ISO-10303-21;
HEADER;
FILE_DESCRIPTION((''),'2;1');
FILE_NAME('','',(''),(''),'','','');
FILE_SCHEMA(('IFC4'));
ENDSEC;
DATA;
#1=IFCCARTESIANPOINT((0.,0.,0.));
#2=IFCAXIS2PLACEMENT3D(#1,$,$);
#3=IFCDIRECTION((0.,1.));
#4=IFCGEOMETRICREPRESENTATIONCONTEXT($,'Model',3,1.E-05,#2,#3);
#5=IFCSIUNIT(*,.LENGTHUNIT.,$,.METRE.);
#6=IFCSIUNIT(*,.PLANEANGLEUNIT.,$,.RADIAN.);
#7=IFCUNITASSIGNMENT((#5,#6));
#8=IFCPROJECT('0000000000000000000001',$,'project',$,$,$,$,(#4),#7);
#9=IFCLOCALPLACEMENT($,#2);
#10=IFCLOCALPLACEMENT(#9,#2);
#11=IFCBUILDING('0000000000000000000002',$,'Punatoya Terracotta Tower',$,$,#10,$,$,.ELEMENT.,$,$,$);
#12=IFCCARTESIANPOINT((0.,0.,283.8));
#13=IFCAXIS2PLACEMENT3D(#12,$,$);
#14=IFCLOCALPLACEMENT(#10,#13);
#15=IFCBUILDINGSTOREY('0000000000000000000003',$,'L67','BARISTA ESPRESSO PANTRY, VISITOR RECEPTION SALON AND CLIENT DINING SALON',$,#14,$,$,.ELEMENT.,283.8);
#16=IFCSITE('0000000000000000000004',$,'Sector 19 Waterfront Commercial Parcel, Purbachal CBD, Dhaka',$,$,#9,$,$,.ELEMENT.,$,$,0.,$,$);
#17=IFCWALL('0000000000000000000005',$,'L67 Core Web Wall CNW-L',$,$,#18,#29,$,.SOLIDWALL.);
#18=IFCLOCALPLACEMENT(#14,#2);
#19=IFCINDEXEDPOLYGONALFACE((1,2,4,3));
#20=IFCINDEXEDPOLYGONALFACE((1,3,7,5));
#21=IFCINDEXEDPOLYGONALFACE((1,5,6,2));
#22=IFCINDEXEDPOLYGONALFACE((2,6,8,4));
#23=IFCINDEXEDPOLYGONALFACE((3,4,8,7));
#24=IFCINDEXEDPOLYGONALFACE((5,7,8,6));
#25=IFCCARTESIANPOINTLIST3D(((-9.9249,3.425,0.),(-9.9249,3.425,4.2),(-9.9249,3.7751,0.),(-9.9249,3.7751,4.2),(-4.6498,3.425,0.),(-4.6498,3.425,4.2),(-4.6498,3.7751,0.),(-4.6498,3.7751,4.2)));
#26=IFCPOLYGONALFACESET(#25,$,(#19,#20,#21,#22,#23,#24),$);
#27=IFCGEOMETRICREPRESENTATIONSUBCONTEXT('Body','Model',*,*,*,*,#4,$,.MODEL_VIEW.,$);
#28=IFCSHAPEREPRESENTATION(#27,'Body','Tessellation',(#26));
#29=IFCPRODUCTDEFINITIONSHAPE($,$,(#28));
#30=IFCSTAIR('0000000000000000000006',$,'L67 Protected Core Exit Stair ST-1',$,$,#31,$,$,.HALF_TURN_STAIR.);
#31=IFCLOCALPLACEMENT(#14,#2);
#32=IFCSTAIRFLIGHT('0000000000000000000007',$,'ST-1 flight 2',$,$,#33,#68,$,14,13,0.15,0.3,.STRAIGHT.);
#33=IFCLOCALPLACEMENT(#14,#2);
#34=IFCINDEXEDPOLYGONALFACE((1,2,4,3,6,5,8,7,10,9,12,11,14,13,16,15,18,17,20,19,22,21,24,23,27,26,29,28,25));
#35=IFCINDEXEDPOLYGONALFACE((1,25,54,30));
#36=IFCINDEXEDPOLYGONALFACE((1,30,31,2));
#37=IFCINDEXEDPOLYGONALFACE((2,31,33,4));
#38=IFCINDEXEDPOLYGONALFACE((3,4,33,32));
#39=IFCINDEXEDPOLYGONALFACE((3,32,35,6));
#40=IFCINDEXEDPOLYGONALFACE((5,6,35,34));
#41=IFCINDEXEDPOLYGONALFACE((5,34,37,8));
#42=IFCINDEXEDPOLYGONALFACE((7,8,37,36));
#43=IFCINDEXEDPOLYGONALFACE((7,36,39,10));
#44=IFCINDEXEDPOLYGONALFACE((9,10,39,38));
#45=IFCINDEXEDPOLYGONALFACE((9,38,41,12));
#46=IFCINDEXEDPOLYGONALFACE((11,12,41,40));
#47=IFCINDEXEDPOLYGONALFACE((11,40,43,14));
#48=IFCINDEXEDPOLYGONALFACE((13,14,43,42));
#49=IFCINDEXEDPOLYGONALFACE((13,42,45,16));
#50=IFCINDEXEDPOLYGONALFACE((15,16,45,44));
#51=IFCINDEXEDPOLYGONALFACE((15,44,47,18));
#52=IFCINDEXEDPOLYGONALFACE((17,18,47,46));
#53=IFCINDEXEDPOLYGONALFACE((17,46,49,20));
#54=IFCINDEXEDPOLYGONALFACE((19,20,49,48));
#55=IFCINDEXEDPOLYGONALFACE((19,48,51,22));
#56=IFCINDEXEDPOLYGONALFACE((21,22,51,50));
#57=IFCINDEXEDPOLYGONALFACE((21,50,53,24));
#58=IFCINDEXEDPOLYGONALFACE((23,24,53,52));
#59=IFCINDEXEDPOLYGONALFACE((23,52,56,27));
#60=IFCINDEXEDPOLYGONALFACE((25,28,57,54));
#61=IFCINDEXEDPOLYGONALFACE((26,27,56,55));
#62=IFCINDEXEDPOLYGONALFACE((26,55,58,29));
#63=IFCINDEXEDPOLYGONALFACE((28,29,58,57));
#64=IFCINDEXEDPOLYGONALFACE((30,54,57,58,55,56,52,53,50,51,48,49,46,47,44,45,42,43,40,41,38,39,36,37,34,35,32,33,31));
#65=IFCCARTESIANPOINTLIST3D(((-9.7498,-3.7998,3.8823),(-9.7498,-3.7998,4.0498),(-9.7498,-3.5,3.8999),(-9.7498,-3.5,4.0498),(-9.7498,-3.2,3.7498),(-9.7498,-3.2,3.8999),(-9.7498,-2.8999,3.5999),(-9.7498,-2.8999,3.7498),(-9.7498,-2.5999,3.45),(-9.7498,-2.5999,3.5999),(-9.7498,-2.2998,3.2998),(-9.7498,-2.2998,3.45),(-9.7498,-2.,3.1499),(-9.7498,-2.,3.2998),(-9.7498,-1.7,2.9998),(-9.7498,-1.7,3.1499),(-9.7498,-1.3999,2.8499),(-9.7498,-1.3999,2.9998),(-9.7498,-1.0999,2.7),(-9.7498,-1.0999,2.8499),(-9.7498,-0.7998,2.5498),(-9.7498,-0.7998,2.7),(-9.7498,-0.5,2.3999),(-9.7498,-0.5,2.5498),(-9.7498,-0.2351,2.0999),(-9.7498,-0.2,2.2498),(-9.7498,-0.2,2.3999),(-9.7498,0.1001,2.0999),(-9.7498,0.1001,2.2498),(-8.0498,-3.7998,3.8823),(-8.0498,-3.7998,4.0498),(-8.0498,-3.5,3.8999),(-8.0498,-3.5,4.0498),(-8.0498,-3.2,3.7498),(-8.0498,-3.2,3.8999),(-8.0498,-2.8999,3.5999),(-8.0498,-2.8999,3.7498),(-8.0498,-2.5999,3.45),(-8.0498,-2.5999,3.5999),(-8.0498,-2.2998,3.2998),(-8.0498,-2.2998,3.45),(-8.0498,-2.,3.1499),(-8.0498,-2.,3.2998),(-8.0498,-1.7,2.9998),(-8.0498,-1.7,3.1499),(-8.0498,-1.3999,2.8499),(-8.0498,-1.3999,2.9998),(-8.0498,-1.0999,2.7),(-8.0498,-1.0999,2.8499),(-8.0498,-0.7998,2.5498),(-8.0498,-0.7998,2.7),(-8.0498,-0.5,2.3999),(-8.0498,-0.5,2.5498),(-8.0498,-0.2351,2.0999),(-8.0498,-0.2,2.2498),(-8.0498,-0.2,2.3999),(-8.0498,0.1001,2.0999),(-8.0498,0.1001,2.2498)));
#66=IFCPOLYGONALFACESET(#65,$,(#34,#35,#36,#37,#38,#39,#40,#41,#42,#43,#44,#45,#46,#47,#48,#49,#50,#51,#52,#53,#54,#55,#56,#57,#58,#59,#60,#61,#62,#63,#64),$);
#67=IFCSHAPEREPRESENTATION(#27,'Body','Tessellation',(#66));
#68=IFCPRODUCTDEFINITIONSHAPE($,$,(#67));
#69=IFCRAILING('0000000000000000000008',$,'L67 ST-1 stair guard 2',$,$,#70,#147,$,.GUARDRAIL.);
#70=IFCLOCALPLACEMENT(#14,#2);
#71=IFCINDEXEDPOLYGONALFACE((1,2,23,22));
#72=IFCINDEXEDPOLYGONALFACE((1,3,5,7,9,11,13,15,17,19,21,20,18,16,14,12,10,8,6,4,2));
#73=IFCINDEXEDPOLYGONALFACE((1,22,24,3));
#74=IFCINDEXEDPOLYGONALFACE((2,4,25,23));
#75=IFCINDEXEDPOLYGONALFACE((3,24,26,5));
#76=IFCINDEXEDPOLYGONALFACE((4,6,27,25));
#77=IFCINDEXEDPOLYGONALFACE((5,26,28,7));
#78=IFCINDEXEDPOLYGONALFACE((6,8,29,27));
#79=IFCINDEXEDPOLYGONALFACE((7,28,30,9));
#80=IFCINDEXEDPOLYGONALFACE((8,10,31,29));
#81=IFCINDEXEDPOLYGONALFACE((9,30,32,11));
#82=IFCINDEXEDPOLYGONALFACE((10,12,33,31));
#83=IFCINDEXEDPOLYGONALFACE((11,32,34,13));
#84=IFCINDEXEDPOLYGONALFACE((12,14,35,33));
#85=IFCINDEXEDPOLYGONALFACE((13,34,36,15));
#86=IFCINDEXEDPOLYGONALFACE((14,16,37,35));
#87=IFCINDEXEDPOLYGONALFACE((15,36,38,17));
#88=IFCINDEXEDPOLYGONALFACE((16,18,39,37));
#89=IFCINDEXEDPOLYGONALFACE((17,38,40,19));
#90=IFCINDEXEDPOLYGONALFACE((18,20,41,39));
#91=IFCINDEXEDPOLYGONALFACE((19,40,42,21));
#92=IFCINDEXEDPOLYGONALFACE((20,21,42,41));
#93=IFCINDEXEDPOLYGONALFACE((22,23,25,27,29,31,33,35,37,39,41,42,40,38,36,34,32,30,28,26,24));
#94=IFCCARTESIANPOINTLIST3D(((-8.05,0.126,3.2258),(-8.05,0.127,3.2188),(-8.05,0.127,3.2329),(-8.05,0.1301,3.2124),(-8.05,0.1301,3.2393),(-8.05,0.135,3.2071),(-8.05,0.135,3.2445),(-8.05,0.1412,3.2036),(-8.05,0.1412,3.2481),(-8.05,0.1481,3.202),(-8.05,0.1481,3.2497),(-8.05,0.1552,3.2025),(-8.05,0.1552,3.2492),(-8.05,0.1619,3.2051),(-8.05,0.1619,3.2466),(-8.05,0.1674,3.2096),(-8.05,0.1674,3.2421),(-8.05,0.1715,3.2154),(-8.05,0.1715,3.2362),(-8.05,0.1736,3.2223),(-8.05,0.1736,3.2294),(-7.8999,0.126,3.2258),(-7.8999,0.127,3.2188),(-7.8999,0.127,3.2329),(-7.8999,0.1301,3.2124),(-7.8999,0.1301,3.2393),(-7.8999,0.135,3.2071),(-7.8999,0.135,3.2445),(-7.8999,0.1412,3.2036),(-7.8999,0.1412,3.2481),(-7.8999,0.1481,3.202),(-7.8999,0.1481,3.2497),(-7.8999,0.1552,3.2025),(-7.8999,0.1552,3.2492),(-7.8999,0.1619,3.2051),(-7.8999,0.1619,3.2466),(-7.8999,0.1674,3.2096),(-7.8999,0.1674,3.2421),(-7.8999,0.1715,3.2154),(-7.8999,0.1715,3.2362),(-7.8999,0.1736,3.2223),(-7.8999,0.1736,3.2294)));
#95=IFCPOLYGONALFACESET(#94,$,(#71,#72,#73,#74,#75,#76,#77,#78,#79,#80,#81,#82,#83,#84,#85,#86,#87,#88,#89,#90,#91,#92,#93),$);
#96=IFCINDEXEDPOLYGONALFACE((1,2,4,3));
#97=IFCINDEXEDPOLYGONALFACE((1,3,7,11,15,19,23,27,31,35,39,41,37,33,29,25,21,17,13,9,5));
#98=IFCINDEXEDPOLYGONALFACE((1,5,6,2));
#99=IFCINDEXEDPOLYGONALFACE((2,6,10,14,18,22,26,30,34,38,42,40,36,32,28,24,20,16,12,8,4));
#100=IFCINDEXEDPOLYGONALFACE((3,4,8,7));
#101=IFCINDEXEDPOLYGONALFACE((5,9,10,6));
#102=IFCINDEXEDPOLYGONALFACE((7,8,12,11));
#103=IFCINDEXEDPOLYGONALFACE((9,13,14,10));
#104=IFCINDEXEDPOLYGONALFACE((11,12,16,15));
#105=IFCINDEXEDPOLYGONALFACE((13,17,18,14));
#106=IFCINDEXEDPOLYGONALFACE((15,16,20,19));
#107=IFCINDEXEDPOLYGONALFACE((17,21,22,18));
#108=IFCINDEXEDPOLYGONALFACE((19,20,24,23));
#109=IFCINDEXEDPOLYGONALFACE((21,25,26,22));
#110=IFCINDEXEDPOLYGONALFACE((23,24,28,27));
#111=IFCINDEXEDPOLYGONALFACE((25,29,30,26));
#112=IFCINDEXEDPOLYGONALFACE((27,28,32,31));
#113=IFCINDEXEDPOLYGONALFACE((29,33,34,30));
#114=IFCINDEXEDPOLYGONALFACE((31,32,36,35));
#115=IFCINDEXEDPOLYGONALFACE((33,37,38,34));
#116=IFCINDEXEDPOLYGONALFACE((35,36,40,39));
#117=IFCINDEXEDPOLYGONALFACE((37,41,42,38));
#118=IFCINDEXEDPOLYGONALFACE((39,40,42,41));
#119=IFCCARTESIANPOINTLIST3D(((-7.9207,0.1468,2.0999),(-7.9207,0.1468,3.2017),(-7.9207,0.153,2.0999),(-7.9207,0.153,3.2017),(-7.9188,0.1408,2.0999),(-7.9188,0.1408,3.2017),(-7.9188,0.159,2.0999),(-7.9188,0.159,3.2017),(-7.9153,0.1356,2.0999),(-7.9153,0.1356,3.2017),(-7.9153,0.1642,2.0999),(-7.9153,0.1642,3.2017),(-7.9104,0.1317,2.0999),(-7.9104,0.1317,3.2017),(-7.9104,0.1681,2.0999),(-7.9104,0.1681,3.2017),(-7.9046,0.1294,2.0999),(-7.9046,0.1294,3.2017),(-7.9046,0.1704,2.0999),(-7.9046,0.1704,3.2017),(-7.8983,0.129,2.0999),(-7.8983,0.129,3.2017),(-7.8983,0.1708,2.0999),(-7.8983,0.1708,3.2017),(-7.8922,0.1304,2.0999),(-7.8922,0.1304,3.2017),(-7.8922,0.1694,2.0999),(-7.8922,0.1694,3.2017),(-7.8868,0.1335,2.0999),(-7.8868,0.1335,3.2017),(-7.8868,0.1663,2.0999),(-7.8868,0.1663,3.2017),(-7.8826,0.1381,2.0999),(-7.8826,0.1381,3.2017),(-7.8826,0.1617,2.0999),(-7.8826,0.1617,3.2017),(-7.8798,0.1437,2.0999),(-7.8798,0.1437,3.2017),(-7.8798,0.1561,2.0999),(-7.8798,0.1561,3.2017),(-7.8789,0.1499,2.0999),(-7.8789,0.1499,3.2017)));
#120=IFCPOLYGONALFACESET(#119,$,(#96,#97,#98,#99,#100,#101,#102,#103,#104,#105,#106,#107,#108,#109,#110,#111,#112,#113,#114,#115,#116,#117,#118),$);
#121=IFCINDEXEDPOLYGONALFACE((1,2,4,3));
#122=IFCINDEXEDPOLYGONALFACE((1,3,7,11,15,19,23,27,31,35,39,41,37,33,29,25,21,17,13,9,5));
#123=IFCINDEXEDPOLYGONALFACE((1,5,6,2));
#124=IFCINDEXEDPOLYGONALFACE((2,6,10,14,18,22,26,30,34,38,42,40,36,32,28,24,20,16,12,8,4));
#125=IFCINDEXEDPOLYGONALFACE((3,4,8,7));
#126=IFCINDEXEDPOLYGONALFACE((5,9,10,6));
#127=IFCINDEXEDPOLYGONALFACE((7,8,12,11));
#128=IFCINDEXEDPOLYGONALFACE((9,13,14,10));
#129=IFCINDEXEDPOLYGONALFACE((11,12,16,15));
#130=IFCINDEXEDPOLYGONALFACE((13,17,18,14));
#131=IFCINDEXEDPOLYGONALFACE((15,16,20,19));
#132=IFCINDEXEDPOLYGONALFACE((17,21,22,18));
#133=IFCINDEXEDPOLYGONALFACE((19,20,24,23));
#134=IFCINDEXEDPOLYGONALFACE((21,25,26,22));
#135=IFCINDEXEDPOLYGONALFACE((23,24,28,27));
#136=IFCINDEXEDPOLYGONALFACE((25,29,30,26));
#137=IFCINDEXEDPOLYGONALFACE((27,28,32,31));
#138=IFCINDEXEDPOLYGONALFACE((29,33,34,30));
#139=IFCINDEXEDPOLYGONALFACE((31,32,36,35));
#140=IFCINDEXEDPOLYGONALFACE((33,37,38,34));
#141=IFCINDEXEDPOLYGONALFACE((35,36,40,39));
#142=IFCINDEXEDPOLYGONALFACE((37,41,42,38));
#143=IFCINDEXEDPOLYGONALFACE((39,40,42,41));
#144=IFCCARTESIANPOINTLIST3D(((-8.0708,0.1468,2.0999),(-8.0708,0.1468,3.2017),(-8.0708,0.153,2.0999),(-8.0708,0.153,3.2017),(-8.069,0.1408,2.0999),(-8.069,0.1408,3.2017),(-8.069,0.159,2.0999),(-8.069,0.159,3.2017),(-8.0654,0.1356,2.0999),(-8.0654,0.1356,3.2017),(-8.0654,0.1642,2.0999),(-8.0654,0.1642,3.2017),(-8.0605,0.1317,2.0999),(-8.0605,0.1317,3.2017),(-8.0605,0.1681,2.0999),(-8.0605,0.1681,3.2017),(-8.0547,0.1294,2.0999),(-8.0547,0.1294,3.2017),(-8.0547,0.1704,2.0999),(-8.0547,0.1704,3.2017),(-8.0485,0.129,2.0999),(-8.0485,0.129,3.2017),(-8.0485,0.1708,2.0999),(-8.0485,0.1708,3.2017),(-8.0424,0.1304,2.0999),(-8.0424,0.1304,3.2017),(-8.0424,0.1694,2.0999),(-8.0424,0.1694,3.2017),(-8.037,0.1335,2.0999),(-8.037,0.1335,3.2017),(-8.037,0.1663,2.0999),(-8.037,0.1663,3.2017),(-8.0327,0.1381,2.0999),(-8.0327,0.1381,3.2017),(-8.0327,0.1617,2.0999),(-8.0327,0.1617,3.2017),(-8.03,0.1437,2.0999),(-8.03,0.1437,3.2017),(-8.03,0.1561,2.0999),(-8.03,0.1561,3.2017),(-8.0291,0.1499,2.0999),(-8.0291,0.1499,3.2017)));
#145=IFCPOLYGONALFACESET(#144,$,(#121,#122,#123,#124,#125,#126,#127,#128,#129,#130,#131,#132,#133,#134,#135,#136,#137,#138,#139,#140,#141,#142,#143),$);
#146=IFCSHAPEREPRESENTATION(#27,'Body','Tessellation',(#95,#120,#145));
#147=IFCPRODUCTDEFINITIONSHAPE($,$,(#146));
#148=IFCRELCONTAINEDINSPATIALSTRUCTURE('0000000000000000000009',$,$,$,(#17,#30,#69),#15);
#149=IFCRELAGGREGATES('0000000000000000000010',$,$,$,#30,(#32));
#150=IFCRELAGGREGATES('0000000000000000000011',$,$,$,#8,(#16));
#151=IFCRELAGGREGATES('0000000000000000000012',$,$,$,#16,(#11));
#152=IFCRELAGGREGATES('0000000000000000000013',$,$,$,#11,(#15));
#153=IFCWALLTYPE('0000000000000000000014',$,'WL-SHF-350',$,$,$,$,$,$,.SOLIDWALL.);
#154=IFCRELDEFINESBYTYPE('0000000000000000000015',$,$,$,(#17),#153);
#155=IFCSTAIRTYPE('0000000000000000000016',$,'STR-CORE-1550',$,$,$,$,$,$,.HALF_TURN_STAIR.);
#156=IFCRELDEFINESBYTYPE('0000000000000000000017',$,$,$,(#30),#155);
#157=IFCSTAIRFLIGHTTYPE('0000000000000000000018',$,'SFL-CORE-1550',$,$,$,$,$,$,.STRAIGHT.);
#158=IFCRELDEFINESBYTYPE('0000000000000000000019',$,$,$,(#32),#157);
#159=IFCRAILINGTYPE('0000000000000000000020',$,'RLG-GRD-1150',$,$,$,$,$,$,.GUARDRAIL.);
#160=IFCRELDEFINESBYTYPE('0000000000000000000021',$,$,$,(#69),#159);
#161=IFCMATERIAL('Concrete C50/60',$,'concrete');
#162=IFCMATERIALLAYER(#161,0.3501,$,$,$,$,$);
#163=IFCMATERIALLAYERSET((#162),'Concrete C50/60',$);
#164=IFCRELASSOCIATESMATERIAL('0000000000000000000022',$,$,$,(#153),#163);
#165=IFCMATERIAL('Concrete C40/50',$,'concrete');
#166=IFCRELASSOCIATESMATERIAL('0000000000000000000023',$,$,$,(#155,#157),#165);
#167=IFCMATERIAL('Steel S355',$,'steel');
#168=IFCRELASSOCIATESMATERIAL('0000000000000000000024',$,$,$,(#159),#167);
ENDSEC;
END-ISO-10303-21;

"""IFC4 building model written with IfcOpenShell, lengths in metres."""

from ifc_helpers import new_model, si_unit, direction, frame, frame_2d, origin, origin_2d, place, context, subcontext, project, spatial, polyline, rectangle, circle, outline, extrude, material, layer, layer_set, type_object, element, aggregate, save


model = new_model("IFC4")

# Units and contexts
model_context = context("Model", 3, precision=1e-05, world=origin(), true_north=direction((0.0, 1.0)))
body_context = subcontext(model_context, "Body", "Model", "MODEL_VIEW")
ifc_project = project(units=[si_unit("LENGTHUNIT", "METRE"), si_unit("PLANEANGLEUNIT", "RADIAN")], contexts=[model_context])

# Site, building, storey
site_placement = place(None, origin())
site = spatial("IfcSite", under=ifc_project, at=site_placement, Name="Sector 19 Waterfront Commercial Parcel, Purbachal CBD, Dhaka", CompositionType="ELEMENT", RefElevation=0.0)
building_placement = place(site_placement, origin())
building = spatial("IfcBuilding", under=site, at=building_placement, Name="Punatoya Terracotta Tower", CompositionType="ELEMENT")
storey_placement = place(building_placement, frame((0.0, 0.0, 283.8)))
storey = spatial("IfcBuildingStorey", under=building, at=storey_placement, Name="L67", Description="BARISTA ESPRESSO PANTRY, VISITOR RECEPTION SALON AND CLIENT DINING SALON", CompositionType="ELEMENT", Elevation=283.8)

# Shared definitions
ifc_material_1 = material(Name="Concrete C50/60", Category="concrete")
ifc_material_2 = material(Name="Steel S355", Category="steel")

# Shared definitions
ifc_material_3 = material(Name="Concrete C40/50", Category="concrete")

# Wall
ifc_layer_1 = layer(ifc_material_1, 0.3501)
ifc_layer_set_1 = layer_set([ifc_layer_1], Name="Concrete C50/60")
wall_type_1 = type_object("IfcWallType", Name="WL-SHF-350", PredefinedType="SOLIDWALL", material=ifc_layer_set_1)
wall_1_placement = place(storey_placement, frame((-9.925, 3.6001, 0.0), z_axis=(0.0, 0.0, 1.0), x_axis=(1.0, 0.0, 0.0)))
element("IfcWall", 1, at=wall_1_placement, inside=storey, type_object=wall_type_1, Name="L67 Core Web Wall CNW-L", PredefinedType="SOLIDWALL", context=body_context, shape_type="SweptSolid", body=[
    extrude(rectangle(XDim=5.2751, YDim=0.3501, at=frame_2d((2.6377, 0.0))), origin(), (0.0, 0.0, 1.0), 4.2),
])

# Stair, stair flight
stair_type = type_object("IfcStairType", Name="STR-CORE-1550", PredefinedType="HALF_TURN_STAIR", material=ifc_material_3)
stair_placement = place(storey_placement, origin())
stair = element("IfcStair", 2, at=stair_placement, inside=storey, type_object=stair_type, Name="L67 Protected Core Exit Stair ST-1", PredefinedType="HALF_TURN_STAIR")
stair_flight_type = type_object("IfcStairFlightType", Name="SFL-CORE-1550", PredefinedType="STRAIGHT", material=ifc_material_3)
stair_flight_placement = place(storey_placement, frame((-8.8999, 0.1001, 2.0999), z_axis=(0.0, 0.0, 1.0), x_axis=(0.0, -1.0, 0.0)))
stair_flight = element("IfcStairFlight", 3, at=stair_flight_placement, type_object=stair_flight_type, Name="ST-1 flight 2", NumberOfRisers=14, NumberOfTreads=13, PredefinedType="STRAIGHT", RiserHeight=0.15, TreadLength=0.3, context=body_context, shape_type="SweptSolid", body=[
    extrude(outline(polyline([(0.0, 0.0), (0.0, 0.1499), (0.3, 0.1499), (0.3, 0.3), (0.6001, 0.3), (0.6001, 0.45), (0.8999, 0.45), (0.8999, 0.6001), (1.2, 0.6001), (1.2, 0.75), (1.5, 0.75), (1.5, 0.8999), (1.8, 0.8999), (1.8, 1.05), (2.1001, 1.05), (2.1001, 1.2), (2.3999, 1.2), (2.3999, 1.3501), (2.7, 1.3501), (2.7, 1.5), (3.0, 1.5), (3.0, 1.6499), (3.3, 1.6499), (3.3, 1.8), (3.6001, 1.8), (3.6001, 1.95), (3.8999, 1.95), (3.8999, 2.1001), (3.8999, 1.7825), (0.3352, 0.0), (0.0, 0.0)])), frame((0.0, 0.8501, 0.0), z_axis=(0.0, -1.0, 0.0), x_axis=(1.0, 0.0, 0.0)), (0.0, 0.0, 1.0), 1.7),
])
aggregate(stair, [stair_flight])

# Railing
railing_type_1 = type_object("IfcRailingType", Name="RLG-GRD-1150", PredefinedType="GUARDRAIL", material=ifc_material_2)
railing_1_placement = place(storey_placement, frame((-7.8999, 0.1499, 2.0999)))
element("IfcRailing", 4, at=railing_1_placement, inside=storey, type_object=railing_type_1, Name="L67 ST-1 stair guard 2", PredefinedType="GUARDRAIL", context=body_context, shape_type="SweptSolid", body=[
    extrude(circle(Radius=0.0239, at=origin_2d()), frame((0.0, 0.0, 1.126), z_axis=(-1.0, 0.0, 0.0), x_axis=(0.0, -1.0, 0.0)), (0.0, 0.0, 1.0), 0.1501),
    extrude(circle(Radius=0.021, at=origin_2d()), origin(), (0.0, 0.0, 1.0), 1.1018),
    extrude(circle(Radius=0.021, at=origin_2d()), frame((-0.1501, 0.0, 0.0)), (0.0, 0.0, 1.0), 1.1018),
])

save(model, "model.ifc")
